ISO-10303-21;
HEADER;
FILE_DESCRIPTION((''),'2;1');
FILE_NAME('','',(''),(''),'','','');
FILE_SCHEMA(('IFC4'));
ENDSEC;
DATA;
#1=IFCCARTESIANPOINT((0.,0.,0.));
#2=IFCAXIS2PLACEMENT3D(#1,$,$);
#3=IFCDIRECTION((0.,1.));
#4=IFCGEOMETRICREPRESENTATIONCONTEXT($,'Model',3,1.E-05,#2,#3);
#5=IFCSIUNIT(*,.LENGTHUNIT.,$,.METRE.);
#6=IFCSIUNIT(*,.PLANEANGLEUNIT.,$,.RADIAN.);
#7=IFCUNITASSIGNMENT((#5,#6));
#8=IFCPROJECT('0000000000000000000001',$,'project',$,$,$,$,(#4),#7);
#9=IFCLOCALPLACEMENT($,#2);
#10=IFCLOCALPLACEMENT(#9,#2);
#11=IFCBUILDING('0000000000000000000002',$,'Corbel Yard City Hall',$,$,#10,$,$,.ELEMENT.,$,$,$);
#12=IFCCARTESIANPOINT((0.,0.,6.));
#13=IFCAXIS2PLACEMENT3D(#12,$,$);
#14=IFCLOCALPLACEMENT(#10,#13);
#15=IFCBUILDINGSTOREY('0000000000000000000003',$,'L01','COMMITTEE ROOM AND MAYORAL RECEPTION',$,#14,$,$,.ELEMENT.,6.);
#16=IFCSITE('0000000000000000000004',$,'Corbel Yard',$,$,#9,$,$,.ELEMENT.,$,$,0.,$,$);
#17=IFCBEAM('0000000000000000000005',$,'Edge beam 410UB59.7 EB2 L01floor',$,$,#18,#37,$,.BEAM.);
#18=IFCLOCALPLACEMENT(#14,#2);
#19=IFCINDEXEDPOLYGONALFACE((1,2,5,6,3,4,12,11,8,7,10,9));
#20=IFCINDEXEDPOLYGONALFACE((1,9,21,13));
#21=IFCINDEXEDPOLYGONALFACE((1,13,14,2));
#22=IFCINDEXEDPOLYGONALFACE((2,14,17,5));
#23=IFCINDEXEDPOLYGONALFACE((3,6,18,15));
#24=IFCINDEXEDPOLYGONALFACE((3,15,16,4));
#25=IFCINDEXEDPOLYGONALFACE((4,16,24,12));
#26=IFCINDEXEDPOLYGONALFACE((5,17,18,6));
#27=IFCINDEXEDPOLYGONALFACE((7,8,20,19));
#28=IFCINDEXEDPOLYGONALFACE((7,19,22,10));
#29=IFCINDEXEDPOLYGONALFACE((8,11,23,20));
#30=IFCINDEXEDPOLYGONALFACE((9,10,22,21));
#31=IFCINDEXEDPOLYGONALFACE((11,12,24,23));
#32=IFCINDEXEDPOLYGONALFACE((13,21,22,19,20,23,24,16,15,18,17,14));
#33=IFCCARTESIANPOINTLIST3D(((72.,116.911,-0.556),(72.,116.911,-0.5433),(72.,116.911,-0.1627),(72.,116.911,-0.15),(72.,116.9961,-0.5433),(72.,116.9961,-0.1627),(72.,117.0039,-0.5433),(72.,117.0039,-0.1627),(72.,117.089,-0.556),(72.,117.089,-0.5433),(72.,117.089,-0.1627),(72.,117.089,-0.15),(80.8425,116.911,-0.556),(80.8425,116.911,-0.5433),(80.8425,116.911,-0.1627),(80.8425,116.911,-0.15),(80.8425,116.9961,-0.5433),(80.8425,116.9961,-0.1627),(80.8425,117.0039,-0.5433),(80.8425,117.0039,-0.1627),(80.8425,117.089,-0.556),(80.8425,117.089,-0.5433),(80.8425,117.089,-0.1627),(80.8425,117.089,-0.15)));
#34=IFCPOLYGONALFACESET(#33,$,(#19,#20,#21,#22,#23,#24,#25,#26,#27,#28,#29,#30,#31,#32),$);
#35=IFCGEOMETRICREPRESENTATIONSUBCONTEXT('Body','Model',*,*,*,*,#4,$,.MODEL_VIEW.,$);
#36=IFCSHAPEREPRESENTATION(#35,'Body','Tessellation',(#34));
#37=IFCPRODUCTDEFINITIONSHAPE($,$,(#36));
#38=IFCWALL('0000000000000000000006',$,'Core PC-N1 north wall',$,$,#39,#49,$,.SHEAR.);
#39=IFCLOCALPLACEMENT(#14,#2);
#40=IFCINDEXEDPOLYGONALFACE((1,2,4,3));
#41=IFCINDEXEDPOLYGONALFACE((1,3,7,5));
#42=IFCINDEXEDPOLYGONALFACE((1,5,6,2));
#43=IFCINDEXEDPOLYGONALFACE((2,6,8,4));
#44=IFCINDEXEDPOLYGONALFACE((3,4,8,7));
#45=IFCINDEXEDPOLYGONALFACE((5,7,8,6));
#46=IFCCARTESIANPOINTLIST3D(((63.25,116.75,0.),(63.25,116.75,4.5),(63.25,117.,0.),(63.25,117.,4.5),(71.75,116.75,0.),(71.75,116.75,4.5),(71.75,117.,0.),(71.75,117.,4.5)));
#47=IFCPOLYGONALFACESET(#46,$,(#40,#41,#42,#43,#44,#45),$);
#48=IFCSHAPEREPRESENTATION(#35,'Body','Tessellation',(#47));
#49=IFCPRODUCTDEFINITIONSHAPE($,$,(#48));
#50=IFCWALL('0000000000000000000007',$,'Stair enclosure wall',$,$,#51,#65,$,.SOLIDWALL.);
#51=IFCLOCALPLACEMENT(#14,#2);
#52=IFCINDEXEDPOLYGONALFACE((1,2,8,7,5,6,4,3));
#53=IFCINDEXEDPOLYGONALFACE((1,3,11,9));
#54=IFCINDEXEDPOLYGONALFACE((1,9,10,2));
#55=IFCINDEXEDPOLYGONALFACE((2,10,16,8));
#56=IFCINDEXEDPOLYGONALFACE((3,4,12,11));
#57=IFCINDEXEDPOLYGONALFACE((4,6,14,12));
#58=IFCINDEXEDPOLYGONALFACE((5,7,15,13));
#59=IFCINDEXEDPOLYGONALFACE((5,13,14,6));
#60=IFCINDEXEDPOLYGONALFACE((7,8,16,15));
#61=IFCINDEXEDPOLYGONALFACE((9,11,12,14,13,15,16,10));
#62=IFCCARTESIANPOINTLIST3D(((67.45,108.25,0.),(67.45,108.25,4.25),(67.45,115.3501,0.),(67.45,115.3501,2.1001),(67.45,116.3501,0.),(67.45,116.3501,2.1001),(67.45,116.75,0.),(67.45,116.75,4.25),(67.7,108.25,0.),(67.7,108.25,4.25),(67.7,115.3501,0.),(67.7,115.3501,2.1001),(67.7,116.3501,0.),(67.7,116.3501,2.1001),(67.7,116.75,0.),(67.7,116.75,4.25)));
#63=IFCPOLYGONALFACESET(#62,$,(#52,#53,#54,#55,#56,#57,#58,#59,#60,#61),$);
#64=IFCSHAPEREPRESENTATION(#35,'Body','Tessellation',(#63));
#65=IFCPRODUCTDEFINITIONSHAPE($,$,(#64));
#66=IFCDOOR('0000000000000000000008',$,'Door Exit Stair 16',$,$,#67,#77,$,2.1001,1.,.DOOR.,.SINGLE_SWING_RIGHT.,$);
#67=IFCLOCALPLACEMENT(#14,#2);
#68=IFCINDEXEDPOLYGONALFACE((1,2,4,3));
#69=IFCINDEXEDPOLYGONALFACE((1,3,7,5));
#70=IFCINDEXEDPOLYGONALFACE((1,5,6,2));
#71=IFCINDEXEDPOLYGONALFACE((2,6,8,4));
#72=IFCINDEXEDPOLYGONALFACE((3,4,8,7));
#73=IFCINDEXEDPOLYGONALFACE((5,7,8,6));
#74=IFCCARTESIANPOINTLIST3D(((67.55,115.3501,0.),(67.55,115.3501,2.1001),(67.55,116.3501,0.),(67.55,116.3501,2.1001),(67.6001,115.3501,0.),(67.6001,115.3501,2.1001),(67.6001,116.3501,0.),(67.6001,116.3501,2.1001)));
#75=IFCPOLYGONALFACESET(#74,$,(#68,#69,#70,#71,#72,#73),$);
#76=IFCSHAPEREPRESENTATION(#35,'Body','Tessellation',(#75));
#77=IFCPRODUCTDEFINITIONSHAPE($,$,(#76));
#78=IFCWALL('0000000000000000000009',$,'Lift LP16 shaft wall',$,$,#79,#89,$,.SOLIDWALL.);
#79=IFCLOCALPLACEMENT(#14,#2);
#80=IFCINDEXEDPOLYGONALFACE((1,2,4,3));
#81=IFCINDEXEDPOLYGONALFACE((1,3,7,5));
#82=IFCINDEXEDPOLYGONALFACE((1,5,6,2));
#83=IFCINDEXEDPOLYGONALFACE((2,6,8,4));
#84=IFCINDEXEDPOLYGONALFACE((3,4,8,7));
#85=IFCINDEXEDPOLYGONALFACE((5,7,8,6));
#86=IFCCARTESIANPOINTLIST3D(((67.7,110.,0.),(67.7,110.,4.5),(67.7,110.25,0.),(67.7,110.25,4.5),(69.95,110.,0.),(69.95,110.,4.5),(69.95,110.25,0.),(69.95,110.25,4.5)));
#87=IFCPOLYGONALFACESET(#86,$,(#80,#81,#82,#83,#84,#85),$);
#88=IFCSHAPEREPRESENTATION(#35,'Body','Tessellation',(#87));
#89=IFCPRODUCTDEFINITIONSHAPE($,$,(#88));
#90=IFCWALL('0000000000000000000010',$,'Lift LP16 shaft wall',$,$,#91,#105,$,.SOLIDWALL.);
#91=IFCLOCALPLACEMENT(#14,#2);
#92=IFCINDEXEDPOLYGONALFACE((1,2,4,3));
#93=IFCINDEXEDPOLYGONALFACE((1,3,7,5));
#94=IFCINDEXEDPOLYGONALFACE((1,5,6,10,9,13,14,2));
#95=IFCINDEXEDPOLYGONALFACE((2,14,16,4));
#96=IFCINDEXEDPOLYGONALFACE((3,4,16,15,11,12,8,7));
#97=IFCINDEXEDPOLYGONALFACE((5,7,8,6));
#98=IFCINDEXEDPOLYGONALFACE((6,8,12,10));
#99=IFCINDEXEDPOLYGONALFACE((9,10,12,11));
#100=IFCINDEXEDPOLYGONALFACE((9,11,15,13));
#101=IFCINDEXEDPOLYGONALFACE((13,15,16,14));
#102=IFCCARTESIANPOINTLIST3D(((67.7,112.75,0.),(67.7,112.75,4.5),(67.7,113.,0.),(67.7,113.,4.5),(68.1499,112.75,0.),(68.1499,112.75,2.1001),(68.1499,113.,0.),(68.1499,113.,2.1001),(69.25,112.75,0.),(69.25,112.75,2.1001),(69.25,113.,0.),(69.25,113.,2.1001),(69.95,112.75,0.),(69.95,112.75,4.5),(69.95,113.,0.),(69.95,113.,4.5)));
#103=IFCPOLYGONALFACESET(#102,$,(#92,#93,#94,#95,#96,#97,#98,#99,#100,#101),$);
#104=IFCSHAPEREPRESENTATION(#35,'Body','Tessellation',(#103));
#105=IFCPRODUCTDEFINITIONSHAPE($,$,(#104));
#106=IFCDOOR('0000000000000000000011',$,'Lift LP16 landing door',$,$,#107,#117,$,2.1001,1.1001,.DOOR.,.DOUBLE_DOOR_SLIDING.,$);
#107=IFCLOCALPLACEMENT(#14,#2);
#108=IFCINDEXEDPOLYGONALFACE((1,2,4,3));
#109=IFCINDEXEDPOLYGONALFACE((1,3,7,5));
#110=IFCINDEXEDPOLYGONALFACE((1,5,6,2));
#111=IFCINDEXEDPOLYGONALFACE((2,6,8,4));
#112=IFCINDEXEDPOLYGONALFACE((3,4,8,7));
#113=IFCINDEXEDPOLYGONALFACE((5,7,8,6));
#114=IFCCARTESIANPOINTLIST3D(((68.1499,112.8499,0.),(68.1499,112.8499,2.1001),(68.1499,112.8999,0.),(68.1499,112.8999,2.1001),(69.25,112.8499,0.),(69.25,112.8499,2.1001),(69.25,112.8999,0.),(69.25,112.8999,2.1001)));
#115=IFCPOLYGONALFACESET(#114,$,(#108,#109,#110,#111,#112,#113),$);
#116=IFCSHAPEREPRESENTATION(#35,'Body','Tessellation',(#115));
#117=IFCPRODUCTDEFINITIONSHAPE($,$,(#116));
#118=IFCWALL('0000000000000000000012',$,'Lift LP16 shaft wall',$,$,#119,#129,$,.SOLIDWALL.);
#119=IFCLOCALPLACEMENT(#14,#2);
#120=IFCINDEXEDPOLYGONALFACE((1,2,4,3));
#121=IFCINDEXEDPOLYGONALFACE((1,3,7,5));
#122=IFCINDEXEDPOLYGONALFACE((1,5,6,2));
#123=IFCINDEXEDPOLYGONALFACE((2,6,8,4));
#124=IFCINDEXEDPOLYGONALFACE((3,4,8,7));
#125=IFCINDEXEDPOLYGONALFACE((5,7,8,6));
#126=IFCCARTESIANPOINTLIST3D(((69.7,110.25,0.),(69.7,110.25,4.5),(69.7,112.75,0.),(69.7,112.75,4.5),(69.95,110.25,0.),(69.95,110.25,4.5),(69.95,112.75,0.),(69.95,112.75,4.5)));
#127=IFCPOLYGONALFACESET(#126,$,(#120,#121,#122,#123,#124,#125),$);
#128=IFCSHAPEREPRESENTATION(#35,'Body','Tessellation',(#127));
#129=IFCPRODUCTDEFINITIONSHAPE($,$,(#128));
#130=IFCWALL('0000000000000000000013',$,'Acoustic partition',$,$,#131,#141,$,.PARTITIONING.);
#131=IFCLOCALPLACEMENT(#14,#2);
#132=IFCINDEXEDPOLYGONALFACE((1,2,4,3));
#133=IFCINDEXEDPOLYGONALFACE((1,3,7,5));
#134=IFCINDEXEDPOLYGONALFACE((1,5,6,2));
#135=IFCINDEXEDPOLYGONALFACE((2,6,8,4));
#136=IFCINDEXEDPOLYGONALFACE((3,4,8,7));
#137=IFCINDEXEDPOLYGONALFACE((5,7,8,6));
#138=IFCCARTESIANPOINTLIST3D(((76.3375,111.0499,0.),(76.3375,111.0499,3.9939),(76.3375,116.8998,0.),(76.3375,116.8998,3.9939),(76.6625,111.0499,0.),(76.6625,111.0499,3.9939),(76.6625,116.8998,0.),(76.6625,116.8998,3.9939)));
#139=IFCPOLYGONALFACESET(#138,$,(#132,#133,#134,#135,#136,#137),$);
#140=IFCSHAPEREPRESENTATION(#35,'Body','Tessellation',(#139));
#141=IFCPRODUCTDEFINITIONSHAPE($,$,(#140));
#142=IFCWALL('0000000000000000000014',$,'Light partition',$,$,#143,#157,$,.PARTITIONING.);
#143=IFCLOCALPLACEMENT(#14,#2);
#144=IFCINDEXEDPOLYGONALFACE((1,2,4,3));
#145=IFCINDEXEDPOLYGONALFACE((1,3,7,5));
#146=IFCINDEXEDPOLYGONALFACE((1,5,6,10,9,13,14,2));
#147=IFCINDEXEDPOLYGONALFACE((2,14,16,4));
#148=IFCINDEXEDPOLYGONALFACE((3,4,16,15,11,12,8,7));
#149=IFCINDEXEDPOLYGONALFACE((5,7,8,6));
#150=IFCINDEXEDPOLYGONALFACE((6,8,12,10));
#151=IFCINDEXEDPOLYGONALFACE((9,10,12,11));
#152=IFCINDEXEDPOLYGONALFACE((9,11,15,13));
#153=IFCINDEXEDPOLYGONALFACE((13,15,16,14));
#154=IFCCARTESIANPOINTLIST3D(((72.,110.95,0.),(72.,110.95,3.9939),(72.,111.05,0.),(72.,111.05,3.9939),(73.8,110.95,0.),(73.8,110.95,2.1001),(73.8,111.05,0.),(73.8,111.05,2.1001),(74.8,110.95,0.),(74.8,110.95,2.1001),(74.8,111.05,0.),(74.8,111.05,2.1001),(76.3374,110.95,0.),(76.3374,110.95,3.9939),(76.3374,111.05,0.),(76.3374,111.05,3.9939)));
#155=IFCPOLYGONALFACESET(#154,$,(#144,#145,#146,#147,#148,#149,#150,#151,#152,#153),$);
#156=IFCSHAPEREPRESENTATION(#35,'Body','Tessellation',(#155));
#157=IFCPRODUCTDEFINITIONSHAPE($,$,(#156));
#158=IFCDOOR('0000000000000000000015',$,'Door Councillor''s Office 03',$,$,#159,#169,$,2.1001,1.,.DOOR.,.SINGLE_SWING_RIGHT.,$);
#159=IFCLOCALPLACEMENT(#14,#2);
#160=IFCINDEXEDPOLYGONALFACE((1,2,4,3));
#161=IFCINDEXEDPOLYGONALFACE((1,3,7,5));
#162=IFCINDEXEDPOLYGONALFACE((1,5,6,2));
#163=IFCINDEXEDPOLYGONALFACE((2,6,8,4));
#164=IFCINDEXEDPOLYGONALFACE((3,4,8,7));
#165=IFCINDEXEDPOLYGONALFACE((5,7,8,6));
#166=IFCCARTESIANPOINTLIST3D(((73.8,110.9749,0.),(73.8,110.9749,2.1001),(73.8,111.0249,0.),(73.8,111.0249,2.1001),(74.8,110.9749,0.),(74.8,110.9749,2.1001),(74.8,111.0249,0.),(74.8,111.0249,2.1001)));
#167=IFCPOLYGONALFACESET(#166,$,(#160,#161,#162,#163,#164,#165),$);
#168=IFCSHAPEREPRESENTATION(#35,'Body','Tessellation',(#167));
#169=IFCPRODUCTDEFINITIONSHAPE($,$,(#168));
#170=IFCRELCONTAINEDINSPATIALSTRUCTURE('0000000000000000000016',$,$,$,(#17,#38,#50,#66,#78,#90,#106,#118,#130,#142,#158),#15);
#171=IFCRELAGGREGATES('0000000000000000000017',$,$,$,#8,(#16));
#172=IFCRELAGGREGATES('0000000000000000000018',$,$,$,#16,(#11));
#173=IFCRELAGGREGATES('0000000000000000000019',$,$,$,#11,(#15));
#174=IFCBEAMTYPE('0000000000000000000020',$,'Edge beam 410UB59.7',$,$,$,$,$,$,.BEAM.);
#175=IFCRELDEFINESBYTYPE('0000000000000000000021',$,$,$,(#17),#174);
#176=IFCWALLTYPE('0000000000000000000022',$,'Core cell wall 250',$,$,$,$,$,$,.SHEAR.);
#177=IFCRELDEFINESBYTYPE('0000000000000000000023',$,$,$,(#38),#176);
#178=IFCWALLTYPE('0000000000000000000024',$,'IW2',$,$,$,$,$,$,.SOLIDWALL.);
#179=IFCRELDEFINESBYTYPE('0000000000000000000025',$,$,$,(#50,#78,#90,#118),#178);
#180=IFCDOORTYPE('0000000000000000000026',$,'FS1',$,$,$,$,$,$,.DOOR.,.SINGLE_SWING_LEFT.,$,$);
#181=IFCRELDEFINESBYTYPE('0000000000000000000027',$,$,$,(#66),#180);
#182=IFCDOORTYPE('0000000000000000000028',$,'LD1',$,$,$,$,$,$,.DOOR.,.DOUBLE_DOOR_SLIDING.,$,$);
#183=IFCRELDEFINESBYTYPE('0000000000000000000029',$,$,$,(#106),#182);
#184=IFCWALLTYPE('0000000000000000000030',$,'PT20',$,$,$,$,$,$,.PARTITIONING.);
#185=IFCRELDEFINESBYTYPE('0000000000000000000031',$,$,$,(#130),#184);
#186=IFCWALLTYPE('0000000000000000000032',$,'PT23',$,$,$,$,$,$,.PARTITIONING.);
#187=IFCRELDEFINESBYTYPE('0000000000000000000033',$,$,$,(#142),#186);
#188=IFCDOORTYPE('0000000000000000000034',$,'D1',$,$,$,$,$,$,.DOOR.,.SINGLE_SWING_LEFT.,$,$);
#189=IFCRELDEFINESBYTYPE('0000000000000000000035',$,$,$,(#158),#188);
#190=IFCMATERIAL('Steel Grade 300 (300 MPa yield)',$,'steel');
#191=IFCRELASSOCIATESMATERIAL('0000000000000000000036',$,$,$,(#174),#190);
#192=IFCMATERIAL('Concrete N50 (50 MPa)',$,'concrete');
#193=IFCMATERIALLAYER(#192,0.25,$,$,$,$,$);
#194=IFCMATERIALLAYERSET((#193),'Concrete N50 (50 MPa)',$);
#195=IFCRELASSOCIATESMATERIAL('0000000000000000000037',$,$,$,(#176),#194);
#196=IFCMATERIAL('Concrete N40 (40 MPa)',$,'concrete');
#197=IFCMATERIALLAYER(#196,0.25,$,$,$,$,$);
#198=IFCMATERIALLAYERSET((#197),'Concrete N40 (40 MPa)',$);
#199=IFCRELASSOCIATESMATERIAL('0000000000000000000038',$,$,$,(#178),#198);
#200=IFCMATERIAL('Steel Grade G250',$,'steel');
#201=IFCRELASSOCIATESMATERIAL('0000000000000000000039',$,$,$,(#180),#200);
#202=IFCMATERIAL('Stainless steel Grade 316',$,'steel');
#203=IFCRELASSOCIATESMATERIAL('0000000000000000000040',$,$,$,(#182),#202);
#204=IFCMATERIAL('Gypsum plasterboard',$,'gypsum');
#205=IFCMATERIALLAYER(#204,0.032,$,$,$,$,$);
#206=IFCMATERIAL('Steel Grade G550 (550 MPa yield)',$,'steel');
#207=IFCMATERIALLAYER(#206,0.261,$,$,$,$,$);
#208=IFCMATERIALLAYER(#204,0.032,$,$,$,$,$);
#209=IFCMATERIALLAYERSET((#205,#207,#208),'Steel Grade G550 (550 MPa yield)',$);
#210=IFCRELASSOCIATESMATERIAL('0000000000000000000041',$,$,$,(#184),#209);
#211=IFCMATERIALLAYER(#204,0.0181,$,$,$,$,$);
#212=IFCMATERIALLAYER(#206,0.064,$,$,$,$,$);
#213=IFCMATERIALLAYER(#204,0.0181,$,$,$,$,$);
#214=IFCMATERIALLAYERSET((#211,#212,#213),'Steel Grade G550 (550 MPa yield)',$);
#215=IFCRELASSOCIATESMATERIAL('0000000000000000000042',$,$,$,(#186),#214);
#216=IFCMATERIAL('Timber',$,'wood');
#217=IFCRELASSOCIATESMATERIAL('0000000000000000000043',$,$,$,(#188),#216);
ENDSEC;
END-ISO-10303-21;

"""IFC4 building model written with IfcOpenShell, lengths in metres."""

from ifc_helpers import new_model, si_unit, direction, frame, frame_2d, origin, origin_2d, place, context, subcontext, project, spatial, rectangle, i_section, extrude, material, layer, layer_set, material_profile, profile_set, type_object, element, fill, save


model = new_model("IFC4")

# Units and contexts
model_context = context("Model", 3, precision=1e-05, world=origin(), true_north=direction((0.0, 1.0)))
body_context = subcontext(model_context, "Body", "Model", "MODEL_VIEW")
ifc_project = project(units=[si_unit("LENGTHUNIT", "METRE"), si_unit("PLANEANGLEUNIT", "RADIAN")], contexts=[model_context])

# Site, building, storey
site_placement = place(None, origin())
site = spatial("IfcSite", under=ifc_project, at=site_placement, Name="Corbel Yard", CompositionType="ELEMENT", RefElevation=0.0)
building_placement = place(site_placement, origin())
building = spatial("IfcBuilding", under=site, at=building_placement, Name="Corbel Yard City Hall", CompositionType="ELEMENT")
storey_placement = place(building_placement, frame((0.0, 0.0, 6.0)))
storey = spatial("IfcBuildingStorey", under=building, at=storey_placement, Name="L01", Description="COMMITTEE ROOM AND MAYORAL RECEPTION", CompositionType="ELEMENT", Elevation=6.0)

# Beam
ifc_material_1 = material(Name="Steel Grade 300 (300 MPa yield)", Category="steel")
ifc_material_profile = material_profile(ifc_material_1, i_section(OverallWidth=0.178, OverallDepth=0.406, WebThickness=0.0078, FlangeThickness=0.0127, at=origin_2d()), Name="410UB59.7")
ifc_profile_set = profile_set([ifc_material_profile], Name="Steel Grade 300 (300 MPa yield)")
beam_type = type_object("IfcBeamType", Name="Edge beam 410UB59.7", PredefinedType="BEAM", material=ifc_profile_set)
beam_placement = place(storey_placement, frame((72.0, 117.0, -0.353), z_axis=(1.0, 0.0, 0.0), x_axis=(0.0, 1.0, 0.0)))
element("IfcBeam", 1, at=beam_placement, inside=storey, type_object=beam_type, Name="Edge beam 410UB59.7 EB2 L01floor", PredefinedType="BEAM", context=body_context, shape_type="SweptSolid", body=[
    extrude(i_section(OverallWidth=0.178, OverallDepth=0.406, WebThickness=0.0078, FlangeThickness=0.0127, at=origin_2d()), origin(), (0.0, 0.0, 1.0), 8.8425),
])

# Wall
ifc_material_2 = material(Name="Concrete N50 (50 MPa)", Category="concrete")
ifc_layer_1 = layer(ifc_material_2, 0.25)
ifc_layer_set_1 = layer_set([ifc_layer_1], Name="Concrete N50 (50 MPa)")
wall_type_1 = type_object("IfcWallType", Name="Core cell wall 250", PredefinedType="SHEAR", material=ifc_layer_set_1)
wall_1_placement = place(storey_placement, frame((63.25, 116.875, 0.0), z_axis=(0.0, 0.0, 1.0), x_axis=(1.0, 0.0, 0.0)))
element("IfcWall", 2, at=wall_1_placement, inside=storey, type_object=wall_type_1, Name="Core PC-N1 north wall", PredefinedType="SHEAR", context=body_context, shape_type="SweptSolid", body=[
    extrude(rectangle(XDim=8.5, YDim=0.25, at=frame_2d((4.25, 0.0))), origin(), (0.0, 0.0, 1.0), 4.5),
])

# Wall, opening, door
ifc_material_3 = material(Name="Concrete N40 (40 MPa)", Category="concrete")
ifc_layer_2 = layer(ifc_material_3, 0.25)
ifc_layer_set_2 = layer_set([ifc_layer_2], Name="Concrete N40 (40 MPa)")
wall_type_2 = type_object("IfcWallType", Name="IW2", PredefinedType="SOLIDWALL", material=ifc_layer_set_2)
wall_2_placement = place(storey_placement, frame((67.575, 116.75, 0.0), z_axis=(0.0, 0.0, 1.0), x_axis=(0.0, -1.0, 0.0)))
wall_2 = element("IfcWall", 3, at=wall_2_placement, inside=storey, type_object=wall_type_2, Name="Stair enclosure wall", PredefinedType="SOLIDWALL", context=body_context, shape_type="SweptSolid", body=[
    extrude(rectangle(XDim=8.5, YDim=0.25, at=frame_2d((4.25, 0.0))), origin(), (0.0, 0.0, 1.0), 4.25),
])
opening_1_placement = place(wall_2_placement, frame((0.3999, 0.0, 0.0)))
opening_1 = element("IfcOpeningElement", 4, at=opening_1_placement, cuts=wall_2, PredefinedType="OPENING", context=body_context, shape_type="SweptSolid", body=[
    extrude(rectangle(XDim=1.0, YDim=2.1001, at=frame_2d((0.5, 1.05))), frame((0.0, 0.135, 0.0), z_axis=(0.0, -1.0, 0.0), x_axis=(1.0, 0.0, 0.0)), (0.0, 0.0, 1.0), 0.27),
])
ifc_material_4 = material(Name="Steel Grade G250", Category="steel")
door_type_1 = type_object("IfcDoorType", Name="FS1", OperationType="SINGLE_SWING_LEFT", PredefinedType="DOOR", material=ifc_material_4)
door_1_placement = place(opening_1_placement, frame((1.0, 0.0, 0.0), z_axis=(0.0, 0.0, 1.0), x_axis=(-1.0, 0.0, 0.0)))
door_1 = element("IfcDoor", 5, at=door_1_placement, inside=storey, type_object=door_type_1, Name="Door Exit Stair 16", OperationType="SINGLE_SWING_RIGHT", OverallHeight=2.1001, OverallWidth=1.0, PredefinedType="DOOR", context=body_context, shape_type="SweptSolid", body=[
    extrude(rectangle(XDim=1.0, YDim=2.1001, at=frame_2d((0.5, 1.05))), frame((0.0, 0.0249, 0.0), z_axis=(0.0, -1.0, 0.0), x_axis=(1.0, 0.0, 0.0)), (0.0, 0.0, 1.0), 0.05),
])
fill(opening_1, door_1)

# Wall
wall_3_placement = place(storey_placement, frame((67.7, 110.125, 0.0), z_axis=(0.0, 0.0, 1.0), x_axis=(1.0, 0.0, 0.0)))
element("IfcWall", 6, at=wall_3_placement, inside=storey, type_object=wall_type_2, Name="Lift LP16 shaft wall", PredefinedType="SOLIDWALL", context=body_context, shape_type="SweptSolid", body=[
    extrude(rectangle(XDim=2.25, YDim=0.25, at=frame_2d((1.125, 0.0))), origin(), (0.0, 0.0, 1.0), 4.5),
])

# Wall, opening, door
wall_4_placement = place(storey_placement, frame((67.7, 112.875, 0.0), z_axis=(0.0, 0.0, 1.0), x_axis=(1.0, 0.0, 0.0)))
wall_4 = element("IfcWall", 7, at=wall_4_placement, inside=storey, type_object=wall_type_2, Name="Lift LP16 shaft wall", PredefinedType="SOLIDWALL", context=body_context, shape_type="SweptSolid", body=[
    extrude(rectangle(XDim=2.25, YDim=0.25, at=frame_2d((1.125, 0.0))), origin(), (0.0, 0.0, 1.0), 4.5),
])
opening_2_placement = place(wall_4_placement, frame((0.45, 0.0, 0.0)))
opening_2 = element("IfcOpeningElement", 8, at=opening_2_placement, cuts=wall_4, PredefinedType="OPENING", context=body_context, shape_type="SweptSolid", body=[
    extrude(rectangle(XDim=1.1001, YDim=2.1001, at=frame_2d((0.55, 1.05))), frame((0.0, 0.135, 0.0), z_axis=(0.0, -1.0, 0.0), x_axis=(1.0, 0.0, 0.0)), (0.0, 0.0, 1.0), 0.27),
])
ifc_material_5 = material(Name="Stainless steel Grade 316", Category="steel")
door_type_2 = type_object("IfcDoorType", Name="LD1", OperationType="DOUBLE_DOOR_SLIDING", PredefinedType="DOOR", material=ifc_material_5)
door_2_placement = place(opening_2_placement, origin())
door_2 = element("IfcDoor", 9, at=door_2_placement, inside=storey, type_object=door_type_2, Name="Lift LP16 landing door", OperationType="DOUBLE_DOOR_SLIDING", OverallHeight=2.1001, OverallWidth=1.1001, PredefinedType="DOOR", context=body_context, shape_type="SweptSolid", body=[
    extrude(rectangle(XDim=1.1001, YDim=2.1001, at=frame_2d((0.55, 1.05))), frame((0.0, 0.0249, 0.0), z_axis=(0.0, -1.0, 0.0), x_axis=(1.0, 0.0, 0.0)), (0.0, 0.0, 1.0), 0.05),
])
fill(opening_2, door_2)

# Walls
wall_5_placement = place(storey_placement, frame((69.825, 110.25, 0.0), z_axis=(0.0, 0.0, 1.0), x_axis=(0.0, 1.0, 0.0)))
element("IfcWall", 10, at=wall_5_placement, inside=storey, type_object=wall_type_2, Name="Lift LP16 shaft wall", PredefinedType="SOLIDWALL", context=body_context, shape_type="SweptSolid", body=[
    extrude(rectangle(XDim=2.5, YDim=0.25, at=frame_2d((1.25, 0.0))), origin(), (0.0, 0.0, 1.0), 4.5),
])
ifc_material_6 = material(Name="Gypsum plasterboard", Category="gypsum")
ifc_layer_3 = layer(ifc_material_6, 0.032)
ifc_material_7 = material(Name="Steel Grade G550 (550 MPa yield)", Category="steel")
ifc_layer_4 = layer(ifc_material_7, 0.261)
ifc_layer_5 = layer(ifc_material_6, 0.032)
ifc_layer_set_3 = layer_set([ifc_layer_3, ifc_layer_4, ifc_layer_5], Name="Steel Grade G550 (550 MPa yield)")
wall_type_3 = type_object("IfcWallType", Name="PT20", PredefinedType="PARTITIONING", material=ifc_layer_set_3)
wall_6_placement = place(storey_placement, frame((76.5, 111.05, 0.0), z_axis=(0.0, 0.0, 1.0), x_axis=(0.0, 1.0, 0.0)))
element("IfcWall", 11, at=wall_6_placement, inside=storey, type_object=wall_type_3, Name="Acoustic partition", PredefinedType="PARTITIONING", context=body_context, shape_type="SweptSolid", body=[
    extrude(rectangle(XDim=5.8499, YDim=0.325, at=frame_2d((2.9248, 0.0))), origin(), (0.0, 0.0, 1.0), 3.9939),
])

# Wall, opening, door
ifc_layer_6 = layer(ifc_material_6, 0.0181)
ifc_layer_7 = layer(ifc_material_7, 0.064)
ifc_layer_8 = layer(ifc_material_6, 0.0181)
ifc_layer_set_4 = layer_set([ifc_layer_6, ifc_layer_7, ifc_layer_8], Name="Steel Grade G550 (550 MPa yield)")
wall_type_4 = type_object("IfcWallType", Name="PT23", PredefinedType="PARTITIONING", material=ifc_layer_set_4)
wall_7_placement = place(storey_placement, frame((72.0, 111.0, 0.0), z_axis=(0.0, 0.0, 1.0), x_axis=(1.0, 0.0, 0.0)))
wall_7 = element("IfcWall", 12, at=wall_7_placement, inside=storey, type_object=wall_type_4, Name="Light partition", PredefinedType="PARTITIONING", context=body_context, shape_type="SweptSolid", body=[
    extrude(rectangle(XDim=4.3374, YDim=0.1001, at=frame_2d((2.1687, 0.0))), origin(), (0.0, 0.0, 1.0), 3.9939),
])
opening_3_placement = place(wall_7_placement, frame((1.8, 0.0, 0.0)))
opening_3 = element("IfcOpeningElement", 13, at=opening_3_placement, cuts=wall_7, PredefinedType="OPENING", context=body_context, shape_type="SweptSolid", body=[
    extrude(rectangle(XDim=1.0, YDim=2.1001, at=frame_2d((0.5, 1.05))), frame((0.0, 0.0601, 0.0), z_axis=(0.0, -1.0, 0.0), x_axis=(1.0, 0.0, 0.0)), (0.0, 0.0, 1.0), 0.1201),
])
ifc_material_8 = material(Name="Timber", Category="wood")
door_type_3 = type_object("IfcDoorType", Name="D1", OperationType="SINGLE_SWING_LEFT", PredefinedType="DOOR", material=ifc_material_8)
door_3_placement = place(opening_3_placement, origin())
door_3 = element("IfcDoor", 14, at=door_3_placement, inside=storey, type_object=door_type_3, Name="Door Councillor's Office 03", OperationType="SINGLE_SWING_RIGHT", OverallHeight=2.1001, OverallWidth=1.0, PredefinedType="DOOR", context=body_context, shape_type="SweptSolid", body=[
    extrude(rectangle(XDim=1.0, YDim=2.1001, at=frame_2d((0.5, 1.05))), frame((0.0, 0.0249, 0.0), z_axis=(0.0, -1.0, 0.0), x_axis=(1.0, 0.0, 0.0)), (0.0, 0.0, 1.0), 0.05),
])
fill(opening_3, door_3)

save(model, "model.ifc")
